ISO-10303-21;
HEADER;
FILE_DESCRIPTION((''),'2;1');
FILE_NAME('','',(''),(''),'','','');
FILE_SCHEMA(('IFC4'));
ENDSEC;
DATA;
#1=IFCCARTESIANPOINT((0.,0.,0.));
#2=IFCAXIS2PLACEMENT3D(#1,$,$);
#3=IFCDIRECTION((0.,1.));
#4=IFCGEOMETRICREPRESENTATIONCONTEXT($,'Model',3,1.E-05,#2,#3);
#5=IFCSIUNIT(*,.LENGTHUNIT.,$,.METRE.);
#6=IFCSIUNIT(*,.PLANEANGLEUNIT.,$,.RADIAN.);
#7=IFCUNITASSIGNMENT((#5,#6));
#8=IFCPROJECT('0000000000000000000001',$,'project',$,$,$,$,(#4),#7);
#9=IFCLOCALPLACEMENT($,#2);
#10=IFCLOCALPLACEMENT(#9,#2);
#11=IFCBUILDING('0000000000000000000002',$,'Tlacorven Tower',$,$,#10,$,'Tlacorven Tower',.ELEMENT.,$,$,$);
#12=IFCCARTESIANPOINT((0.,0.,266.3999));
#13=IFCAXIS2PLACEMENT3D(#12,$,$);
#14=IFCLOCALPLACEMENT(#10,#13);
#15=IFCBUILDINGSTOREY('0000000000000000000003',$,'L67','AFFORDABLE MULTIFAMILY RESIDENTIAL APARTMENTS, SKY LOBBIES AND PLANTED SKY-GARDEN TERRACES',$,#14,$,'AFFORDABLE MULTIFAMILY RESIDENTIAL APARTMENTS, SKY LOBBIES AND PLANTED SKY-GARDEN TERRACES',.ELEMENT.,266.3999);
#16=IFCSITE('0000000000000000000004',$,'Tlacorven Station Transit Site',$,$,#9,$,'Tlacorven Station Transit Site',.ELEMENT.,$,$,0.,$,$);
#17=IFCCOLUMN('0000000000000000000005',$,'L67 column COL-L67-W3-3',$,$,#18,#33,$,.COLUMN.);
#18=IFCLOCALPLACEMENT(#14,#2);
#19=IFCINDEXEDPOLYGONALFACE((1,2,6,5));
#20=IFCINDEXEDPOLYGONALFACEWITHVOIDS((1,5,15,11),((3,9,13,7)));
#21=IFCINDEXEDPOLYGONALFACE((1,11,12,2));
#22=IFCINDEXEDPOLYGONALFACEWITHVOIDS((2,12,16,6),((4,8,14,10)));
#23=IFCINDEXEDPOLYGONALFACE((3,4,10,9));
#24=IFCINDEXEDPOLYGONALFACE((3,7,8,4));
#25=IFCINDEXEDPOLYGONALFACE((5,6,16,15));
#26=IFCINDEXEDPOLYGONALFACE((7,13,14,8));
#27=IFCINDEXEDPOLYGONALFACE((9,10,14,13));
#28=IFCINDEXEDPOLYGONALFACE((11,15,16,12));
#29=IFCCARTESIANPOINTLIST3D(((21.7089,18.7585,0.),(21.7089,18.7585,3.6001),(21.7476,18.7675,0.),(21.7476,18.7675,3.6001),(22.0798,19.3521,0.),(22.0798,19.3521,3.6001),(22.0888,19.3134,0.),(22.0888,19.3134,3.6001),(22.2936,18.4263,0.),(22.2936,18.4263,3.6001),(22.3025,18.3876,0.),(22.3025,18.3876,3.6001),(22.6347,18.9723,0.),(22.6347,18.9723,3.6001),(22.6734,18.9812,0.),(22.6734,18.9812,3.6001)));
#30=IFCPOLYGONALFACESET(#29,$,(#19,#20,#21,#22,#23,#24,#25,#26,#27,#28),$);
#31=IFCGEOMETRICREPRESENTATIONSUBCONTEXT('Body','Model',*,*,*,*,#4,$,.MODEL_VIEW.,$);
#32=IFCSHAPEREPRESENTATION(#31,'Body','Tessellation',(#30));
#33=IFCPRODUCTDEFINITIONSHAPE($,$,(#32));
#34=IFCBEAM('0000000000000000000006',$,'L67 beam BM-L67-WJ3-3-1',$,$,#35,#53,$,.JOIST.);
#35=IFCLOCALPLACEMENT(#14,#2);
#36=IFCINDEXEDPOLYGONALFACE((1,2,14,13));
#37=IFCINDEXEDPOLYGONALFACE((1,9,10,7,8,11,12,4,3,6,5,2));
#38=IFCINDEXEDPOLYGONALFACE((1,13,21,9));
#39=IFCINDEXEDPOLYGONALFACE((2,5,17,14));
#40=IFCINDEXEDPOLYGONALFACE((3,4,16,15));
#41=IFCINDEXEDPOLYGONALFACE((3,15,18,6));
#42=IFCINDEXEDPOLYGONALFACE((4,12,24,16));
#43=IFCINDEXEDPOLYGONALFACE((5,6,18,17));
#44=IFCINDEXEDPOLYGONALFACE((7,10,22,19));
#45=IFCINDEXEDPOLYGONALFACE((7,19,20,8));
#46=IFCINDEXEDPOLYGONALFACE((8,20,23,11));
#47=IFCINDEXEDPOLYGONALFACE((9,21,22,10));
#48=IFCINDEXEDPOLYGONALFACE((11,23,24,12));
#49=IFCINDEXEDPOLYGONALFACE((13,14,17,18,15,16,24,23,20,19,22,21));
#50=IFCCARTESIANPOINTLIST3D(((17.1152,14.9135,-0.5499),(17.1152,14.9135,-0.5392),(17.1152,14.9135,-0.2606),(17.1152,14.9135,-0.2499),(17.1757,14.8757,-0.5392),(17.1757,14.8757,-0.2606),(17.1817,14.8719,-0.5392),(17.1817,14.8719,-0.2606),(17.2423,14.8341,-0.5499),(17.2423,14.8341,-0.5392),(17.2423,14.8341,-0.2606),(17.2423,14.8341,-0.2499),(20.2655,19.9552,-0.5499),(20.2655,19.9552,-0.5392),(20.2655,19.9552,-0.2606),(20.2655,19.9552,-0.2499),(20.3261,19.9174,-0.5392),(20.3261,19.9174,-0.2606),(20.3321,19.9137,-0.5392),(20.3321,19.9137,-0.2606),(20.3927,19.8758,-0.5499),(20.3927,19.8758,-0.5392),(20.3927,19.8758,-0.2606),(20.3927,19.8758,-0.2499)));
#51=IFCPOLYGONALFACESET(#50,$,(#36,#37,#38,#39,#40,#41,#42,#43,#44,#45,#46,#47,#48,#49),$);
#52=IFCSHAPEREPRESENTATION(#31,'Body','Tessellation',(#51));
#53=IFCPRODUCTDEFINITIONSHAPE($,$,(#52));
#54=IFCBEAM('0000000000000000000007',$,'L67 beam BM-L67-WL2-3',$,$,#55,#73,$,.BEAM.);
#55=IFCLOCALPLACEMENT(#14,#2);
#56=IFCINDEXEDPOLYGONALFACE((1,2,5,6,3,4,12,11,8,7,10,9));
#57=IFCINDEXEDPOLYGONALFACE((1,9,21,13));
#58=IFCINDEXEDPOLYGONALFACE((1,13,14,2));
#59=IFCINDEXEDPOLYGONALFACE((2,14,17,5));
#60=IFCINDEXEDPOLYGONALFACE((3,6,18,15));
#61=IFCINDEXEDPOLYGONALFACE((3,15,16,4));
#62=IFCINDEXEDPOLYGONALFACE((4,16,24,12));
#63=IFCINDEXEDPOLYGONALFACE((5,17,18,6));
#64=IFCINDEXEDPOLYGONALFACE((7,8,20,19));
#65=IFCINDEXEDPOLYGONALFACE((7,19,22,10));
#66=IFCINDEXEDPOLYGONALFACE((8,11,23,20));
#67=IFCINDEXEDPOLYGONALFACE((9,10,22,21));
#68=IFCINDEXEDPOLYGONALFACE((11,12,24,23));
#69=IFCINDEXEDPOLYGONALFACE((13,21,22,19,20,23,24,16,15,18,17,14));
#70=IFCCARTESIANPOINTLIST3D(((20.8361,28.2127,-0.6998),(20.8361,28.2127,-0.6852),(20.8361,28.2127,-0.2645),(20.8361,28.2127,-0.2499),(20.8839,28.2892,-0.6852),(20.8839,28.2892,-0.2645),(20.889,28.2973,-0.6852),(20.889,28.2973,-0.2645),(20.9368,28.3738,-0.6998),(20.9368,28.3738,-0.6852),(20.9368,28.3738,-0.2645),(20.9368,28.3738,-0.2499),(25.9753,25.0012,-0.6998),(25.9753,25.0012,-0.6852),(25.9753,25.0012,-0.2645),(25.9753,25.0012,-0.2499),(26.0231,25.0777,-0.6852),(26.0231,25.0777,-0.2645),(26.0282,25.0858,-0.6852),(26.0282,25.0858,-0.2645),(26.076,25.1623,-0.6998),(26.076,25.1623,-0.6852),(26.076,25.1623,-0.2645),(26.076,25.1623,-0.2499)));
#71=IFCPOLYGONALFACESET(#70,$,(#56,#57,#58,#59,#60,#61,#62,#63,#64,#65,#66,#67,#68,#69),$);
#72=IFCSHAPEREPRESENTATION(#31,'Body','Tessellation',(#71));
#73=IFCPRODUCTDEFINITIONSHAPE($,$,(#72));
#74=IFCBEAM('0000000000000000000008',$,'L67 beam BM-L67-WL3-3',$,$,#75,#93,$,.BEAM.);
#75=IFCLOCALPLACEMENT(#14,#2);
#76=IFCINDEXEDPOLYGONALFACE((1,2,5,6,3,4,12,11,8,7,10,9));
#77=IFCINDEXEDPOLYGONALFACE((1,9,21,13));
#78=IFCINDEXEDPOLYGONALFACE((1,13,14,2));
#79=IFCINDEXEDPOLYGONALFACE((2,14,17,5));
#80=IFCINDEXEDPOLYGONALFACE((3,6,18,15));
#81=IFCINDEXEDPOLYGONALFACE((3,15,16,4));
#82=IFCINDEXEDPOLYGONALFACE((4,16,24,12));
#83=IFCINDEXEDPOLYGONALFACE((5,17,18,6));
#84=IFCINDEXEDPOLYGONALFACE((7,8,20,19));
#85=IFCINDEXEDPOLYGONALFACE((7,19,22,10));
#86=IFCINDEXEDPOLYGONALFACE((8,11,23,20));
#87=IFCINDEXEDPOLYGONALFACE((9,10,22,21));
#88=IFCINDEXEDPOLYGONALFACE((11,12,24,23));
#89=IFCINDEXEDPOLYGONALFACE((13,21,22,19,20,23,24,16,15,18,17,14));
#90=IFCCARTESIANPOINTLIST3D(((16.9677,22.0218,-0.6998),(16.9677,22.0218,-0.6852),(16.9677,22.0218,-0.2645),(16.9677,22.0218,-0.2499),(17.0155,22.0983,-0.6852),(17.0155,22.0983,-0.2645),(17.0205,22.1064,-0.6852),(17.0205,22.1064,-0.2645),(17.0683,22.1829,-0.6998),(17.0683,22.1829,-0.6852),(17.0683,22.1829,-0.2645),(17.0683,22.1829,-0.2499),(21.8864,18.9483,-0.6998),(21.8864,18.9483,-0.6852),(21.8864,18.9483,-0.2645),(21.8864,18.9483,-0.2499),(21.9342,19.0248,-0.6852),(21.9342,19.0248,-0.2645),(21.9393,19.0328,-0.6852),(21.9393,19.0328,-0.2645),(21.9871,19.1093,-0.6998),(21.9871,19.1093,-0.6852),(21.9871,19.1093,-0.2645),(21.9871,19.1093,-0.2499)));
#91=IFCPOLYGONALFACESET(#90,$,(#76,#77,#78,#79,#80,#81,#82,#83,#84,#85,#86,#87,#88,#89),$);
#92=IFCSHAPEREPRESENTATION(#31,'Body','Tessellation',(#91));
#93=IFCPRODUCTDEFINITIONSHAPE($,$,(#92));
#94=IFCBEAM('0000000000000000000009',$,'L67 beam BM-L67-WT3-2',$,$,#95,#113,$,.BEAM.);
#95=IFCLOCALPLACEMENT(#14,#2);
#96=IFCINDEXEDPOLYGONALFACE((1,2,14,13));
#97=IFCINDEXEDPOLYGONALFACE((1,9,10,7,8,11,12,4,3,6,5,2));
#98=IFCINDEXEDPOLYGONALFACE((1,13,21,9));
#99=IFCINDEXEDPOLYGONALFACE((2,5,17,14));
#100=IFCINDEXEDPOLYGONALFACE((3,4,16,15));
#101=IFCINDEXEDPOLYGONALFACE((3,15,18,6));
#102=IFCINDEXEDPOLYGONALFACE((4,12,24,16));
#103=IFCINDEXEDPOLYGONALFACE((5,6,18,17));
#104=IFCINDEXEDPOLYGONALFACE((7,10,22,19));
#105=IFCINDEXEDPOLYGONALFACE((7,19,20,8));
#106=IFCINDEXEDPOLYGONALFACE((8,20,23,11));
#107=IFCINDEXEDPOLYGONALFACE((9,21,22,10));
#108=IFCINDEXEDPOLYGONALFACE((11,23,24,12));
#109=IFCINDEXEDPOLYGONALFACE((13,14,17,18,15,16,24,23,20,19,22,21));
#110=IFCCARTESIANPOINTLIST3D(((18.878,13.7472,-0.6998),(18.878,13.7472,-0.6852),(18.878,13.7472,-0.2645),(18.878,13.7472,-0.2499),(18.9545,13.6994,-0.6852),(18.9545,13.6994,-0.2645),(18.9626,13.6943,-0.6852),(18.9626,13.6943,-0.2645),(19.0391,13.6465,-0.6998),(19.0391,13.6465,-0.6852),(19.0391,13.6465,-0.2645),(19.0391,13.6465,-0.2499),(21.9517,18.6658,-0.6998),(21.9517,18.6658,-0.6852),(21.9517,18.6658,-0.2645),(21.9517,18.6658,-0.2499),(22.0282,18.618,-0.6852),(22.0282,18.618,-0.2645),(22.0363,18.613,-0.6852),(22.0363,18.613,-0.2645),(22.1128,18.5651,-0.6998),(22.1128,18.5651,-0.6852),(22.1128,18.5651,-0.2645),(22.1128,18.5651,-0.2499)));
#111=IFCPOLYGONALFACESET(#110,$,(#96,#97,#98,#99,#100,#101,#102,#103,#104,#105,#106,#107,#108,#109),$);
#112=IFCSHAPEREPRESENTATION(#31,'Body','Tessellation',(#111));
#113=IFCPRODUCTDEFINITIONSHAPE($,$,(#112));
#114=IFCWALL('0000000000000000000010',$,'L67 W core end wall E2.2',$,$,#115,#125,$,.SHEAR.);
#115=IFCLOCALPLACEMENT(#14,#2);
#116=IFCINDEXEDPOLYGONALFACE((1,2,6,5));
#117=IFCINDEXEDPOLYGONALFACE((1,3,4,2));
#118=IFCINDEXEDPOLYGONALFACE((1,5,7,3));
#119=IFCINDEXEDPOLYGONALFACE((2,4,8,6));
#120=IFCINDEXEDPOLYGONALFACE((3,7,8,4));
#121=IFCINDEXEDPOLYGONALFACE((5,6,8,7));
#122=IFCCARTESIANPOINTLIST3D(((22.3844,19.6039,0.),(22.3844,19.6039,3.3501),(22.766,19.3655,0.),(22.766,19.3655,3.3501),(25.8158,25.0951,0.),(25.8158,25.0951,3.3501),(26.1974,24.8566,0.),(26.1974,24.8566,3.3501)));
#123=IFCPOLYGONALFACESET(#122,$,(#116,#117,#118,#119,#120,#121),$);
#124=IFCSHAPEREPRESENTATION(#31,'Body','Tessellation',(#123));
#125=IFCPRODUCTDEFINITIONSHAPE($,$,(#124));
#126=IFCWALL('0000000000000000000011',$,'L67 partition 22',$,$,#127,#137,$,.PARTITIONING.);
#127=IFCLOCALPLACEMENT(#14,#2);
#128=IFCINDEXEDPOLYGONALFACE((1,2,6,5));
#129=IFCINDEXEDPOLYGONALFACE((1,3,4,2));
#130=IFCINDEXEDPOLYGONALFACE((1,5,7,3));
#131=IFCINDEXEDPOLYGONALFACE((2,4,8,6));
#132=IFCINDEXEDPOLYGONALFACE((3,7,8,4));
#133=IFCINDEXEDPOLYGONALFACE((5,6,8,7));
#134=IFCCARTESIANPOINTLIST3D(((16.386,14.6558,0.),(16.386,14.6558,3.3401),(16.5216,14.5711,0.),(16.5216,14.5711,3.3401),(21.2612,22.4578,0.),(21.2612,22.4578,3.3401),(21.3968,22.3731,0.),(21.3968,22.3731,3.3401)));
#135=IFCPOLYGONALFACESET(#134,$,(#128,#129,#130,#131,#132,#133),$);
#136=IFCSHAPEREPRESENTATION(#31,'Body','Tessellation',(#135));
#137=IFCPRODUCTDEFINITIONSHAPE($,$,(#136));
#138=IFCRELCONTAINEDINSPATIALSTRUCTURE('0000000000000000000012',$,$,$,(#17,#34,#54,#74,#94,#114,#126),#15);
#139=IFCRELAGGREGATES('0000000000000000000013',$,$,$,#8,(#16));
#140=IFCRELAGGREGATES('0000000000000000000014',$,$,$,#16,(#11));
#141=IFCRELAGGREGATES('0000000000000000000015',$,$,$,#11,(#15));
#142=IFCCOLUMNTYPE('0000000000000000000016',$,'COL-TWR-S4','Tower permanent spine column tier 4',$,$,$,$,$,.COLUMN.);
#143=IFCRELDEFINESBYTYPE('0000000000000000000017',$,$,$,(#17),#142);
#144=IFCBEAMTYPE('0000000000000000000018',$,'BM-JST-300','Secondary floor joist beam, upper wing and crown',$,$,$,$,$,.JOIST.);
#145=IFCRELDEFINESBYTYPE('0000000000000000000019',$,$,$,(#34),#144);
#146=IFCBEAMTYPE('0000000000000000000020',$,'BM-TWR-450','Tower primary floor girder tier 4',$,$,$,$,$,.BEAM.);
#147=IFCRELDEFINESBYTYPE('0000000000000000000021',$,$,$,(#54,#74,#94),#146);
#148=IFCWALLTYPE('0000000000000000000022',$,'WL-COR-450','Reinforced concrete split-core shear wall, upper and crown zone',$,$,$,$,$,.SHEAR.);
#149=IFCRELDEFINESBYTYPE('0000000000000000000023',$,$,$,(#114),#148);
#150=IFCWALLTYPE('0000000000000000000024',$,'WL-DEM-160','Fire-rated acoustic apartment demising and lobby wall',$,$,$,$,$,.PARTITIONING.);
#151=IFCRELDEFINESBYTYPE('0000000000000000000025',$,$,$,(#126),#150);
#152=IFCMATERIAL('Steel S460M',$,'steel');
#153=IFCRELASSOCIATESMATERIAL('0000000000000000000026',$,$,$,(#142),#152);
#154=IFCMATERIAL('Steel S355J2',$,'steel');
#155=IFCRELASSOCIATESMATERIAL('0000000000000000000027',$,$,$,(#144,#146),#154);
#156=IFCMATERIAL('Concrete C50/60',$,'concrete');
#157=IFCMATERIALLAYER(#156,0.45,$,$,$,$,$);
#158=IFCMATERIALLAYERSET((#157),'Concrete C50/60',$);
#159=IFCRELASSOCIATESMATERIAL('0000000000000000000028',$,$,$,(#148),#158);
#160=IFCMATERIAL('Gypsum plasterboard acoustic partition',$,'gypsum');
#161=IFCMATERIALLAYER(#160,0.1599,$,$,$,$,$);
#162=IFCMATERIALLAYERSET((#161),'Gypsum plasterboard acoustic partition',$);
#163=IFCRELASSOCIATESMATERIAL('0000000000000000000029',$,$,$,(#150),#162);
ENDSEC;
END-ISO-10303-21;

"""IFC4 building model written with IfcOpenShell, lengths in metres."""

from ifc_helpers import new_model, si_unit, direction, frame, frame_2d, origin, origin_2d, place, context, subcontext, project, spatial, rectangle, hollow_rectangle, i_section, extrude, source, transform, mapped, material, layer, layer_set, material_profile, profile_set, type_object, element, save


model = new_model("IFC4")

# Units and contexts
model_context = context("Model", 3, precision=1e-05, world=origin(), true_north=direction((0.0, 1.0)))
body_context = subcontext(model_context, "Body", "Model", "MODEL_VIEW")
ifc_project = project(units=[si_unit("LENGTHUNIT", "METRE"), si_unit("PLANEANGLEUNIT", "RADIAN")], contexts=[model_context])

# Site, building, storey
site_placement = place(None, origin())
site = spatial("IfcSite", under=ifc_project, at=site_placement, Name="Tlacorven Station Transit Site", LongName="Tlacorven Station Transit Site", CompositionType="ELEMENT", RefElevation=0.0)
building_placement = place(site_placement, origin())
building = spatial("IfcBuilding", under=site, at=building_placement, Name="Tlacorven Tower", LongName="Tlacorven Tower", CompositionType="ELEMENT")
storey_placement = place(building_placement, frame((0.0, 0.0, 266.3999)))
storey = spatial("IfcBuildingStorey", under=building, at=storey_placement, Name="L67", Description="AFFORDABLE MULTIFAMILY RESIDENTIAL APARTMENTS, SKY LOBBIES AND PLANTED SKY-GARDEN TERRACES", LongName="AFFORDABLE MULTIFAMILY RESIDENTIAL APARTMENTS, SKY LOBBIES AND PLANTED SKY-GARDEN TERRACES", CompositionType="ELEMENT", Elevation=266.3999)

# Column
ifc_material_1 = material(Name="Steel S460M", Category="steel")
ifc_material_profile_1 = material_profile(ifc_material_1, hollow_rectangle(XDim=0.7, YDim=0.7, WallThickness=0.0281, at=origin_2d()), Name="BOX 700X700X28")
ifc_profile_set_1 = profile_set([ifc_material_profile_1], Name="Steel S460M")
column_type = type_object("IfcColumnType", Name="COL-TWR-S4", Description="Tower permanent spine column tier 4", PredefinedType="COLUMN", material=ifc_profile_set_1)
shared_shape_1 = source(origin(), body_context, "Body", "SweptSolid", [
    extrude(hollow_rectangle(XDim=0.7, YDim=0.7, WallThickness=0.0281, at=origin_2d()), origin(), (0.0, 0.0, 1.0), 3.6001),
])
column_placement = place(storey_placement, frame((22.1912, 18.8699, 0.0), z_axis=(0.0, 0.0, 1.0), x_axis=(-0.848048, 0.529919, 0.0)))
element("IfcColumn", 1, at=column_placement, inside=storey, type_object=column_type, Name="L67 column COL-L67-W3-3", PredefinedType="COLUMN", context=body_context, shape_type="MappedRepresentation", body=[
    mapped(shared_shape_1, transform((0.0, 0.0, 0.0), scale=1.0)),
])

# Beams
ifc_material_2 = material(Name="Steel S355J2", Category="steel")
ifc_material_profile_2 = material_profile(ifc_material_2, i_section(OverallWidth=0.1499, OverallDepth=0.3, WebThickness=0.0071, FlangeThickness=0.0107, at=origin_2d()), Name="IPE 300")
ifc_profile_set_2 = profile_set([ifc_material_profile_2], Name="Steel S355J2")
beam_type_1 = type_object("IfcBeamType", Name="BM-JST-300", Description="Secondary floor joist beam, upper wing and crown", PredefinedType="JOIST", material=ifc_profile_set_2)
shared_shape_2 = source(origin(), body_context, "Body", "SweptSolid", [
    extrude(i_section(OverallWidth=0.1499, OverallDepth=0.3, WebThickness=0.0071, FlangeThickness=0.0107, at=origin_2d()), origin(), (0.0, 0.0, 1.0), 5.9451),
])
beam_1_placement = place(storey_placement, frame((20.3291, 19.9155, -0.3999), z_axis=(-0.529914, -0.848051, 0.0), x_axis=(0.848051, -0.529914, 0.0)))
element("IfcBeam", 2, at=beam_1_placement, inside=storey, type_object=beam_type_1, Name="L67 beam BM-L67-WJ3-3-1", PredefinedType="JOIST", context=body_context, shape_type="MappedRepresentation", body=[
    mapped(shared_shape_2, transform((0.0, 0.0, 0.0), scale=1.0)),
])
ifc_material_profile_3 = material_profile(ifc_material_2, i_section(OverallWidth=0.1899, OverallDepth=0.45, WebThickness=0.0095, FlangeThickness=0.0146, at=origin_2d()), Name="IPE 450")
ifc_profile_set_3 = profile_set([ifc_material_profile_3], Name="Steel S355J2")
beam_type_2 = type_object("IfcBeamType", Name="BM-TWR-450", Description="Tower primary floor girder tier 4", PredefinedType="BEAM", material=ifc_profile_set_3)
shared_shape_3 = source(origin(), body_context, "Body", "SweptSolid", [
    extrude(i_section(OverallWidth=0.1899, OverallDepth=0.45, WebThickness=0.0095, FlangeThickness=0.0146, at=origin_2d()), origin(), (0.0, 0.0, 1.0), 6.0601),
])
beam_2_placement = place(storey_placement, frame((26.0256, 25.0818, -0.4749), z_axis=(-0.848039, 0.529934, 0.0), x_axis=(-0.529934, -0.848039, 0.0)))
element("IfcBeam", 3, at=beam_2_placement, inside=storey, type_object=beam_type_2, Name="L67 beam BM-L67-WL2-3", PredefinedType="BEAM", context=body_context, shape_type="MappedRepresentation", body=[
    mapped(shared_shape_3, transform((0.0, 0.0, 0.0), scale=1.0)),
])
shared_shape_4 = source(origin(), body_context, "Body", "SweptSolid", [
    extrude(i_section(OverallWidth=0.1899, OverallDepth=0.45, WebThickness=0.0095, FlangeThickness=0.0146, at=origin_2d()), origin(), (0.0, 0.0, 1.0), 5.8),
])
for number, where, z_axis, x_axis, name in (
    (4, (21.9368, 19.0288, -0.4749), (-0.848053, 0.529912, 0.0), (-0.529912, -0.848053, 0.0), "L67 beam BM-L67-WL3-3"),
    (5, (22.0322, 18.6155, -0.4749), (-0.529942, -0.848034, 0.0), (0.848034, -0.529942, 0.0), "L67 beam BM-L67-WT3-2"),
):
    element("IfcBeam", number, at=place(storey_placement, frame(where, z_axis=z_axis, x_axis=x_axis)), inside=storey, type_object=beam_type_2, Name=name, PredefinedType="BEAM", context=body_context, shape_type="MappedRepresentation", body=[
        mapped(shared_shape_4, transform((0.0, 0.0, 0.0), scale=1.0)),
    ])

# Walls
ifc_material_3 = material(Name="Concrete C50/60", Category="concrete")
ifc_layer_1 = layer(ifc_material_3, 0.45)
ifc_layer_set_1 = layer_set([ifc_layer_1], Name="Concrete C50/60")
wall_type_1 = type_object("IfcWallType", Name="WL-COR-450", Description="Reinforced concrete split-core shear wall, upper and crown zone", PredefinedType="SHEAR", material=ifc_layer_set_1)
wall_1_placement = place(storey_placement, frame((26.0066, 24.9758, 0.0), z_axis=(0.0, 0.0, 1.0), x_axis=(-0.529931, -0.848041, 0.0)))
element("IfcWall", 6, at=wall_1_placement, inside=storey, type_object=wall_type_1, Name="L67 W core end wall E2.2", PredefinedType="SHEAR", context=body_context, shape_type="SweptSolid", body=[
    extrude(rectangle(XDim=6.4751, YDim=0.45, at=frame_2d((3.2375, 0.0))), origin(), (0.0, 0.0, 1.0), 3.3501),
])
ifc_material_4 = material(Name="Gypsum plasterboard acoustic partition", Category="gypsum")
ifc_layer_2 = layer(ifc_material_4, 0.1599)
ifc_layer_set_2 = layer_set([ifc_layer_2], Name="Gypsum plasterboard acoustic partition")
wall_type_2 = type_object("IfcWallType", Name="WL-DEM-160", Description="Fire-rated acoustic apartment demising and lobby wall", PredefinedType="PARTITIONING", material=ifc_layer_set_2)
wall_2_placement = place(storey_placement, frame((21.3291, 22.4155, 0.0), z_axis=(0.0, 0.0, 1.0), x_axis=(-0.52992, -0.848047, 0.0)))
element("IfcWall", 7, at=wall_2_placement, inside=storey, type_object=wall_type_2, Name="L67 partition 22", PredefinedType="PARTITIONING", context=body_context, shape_type="SweptSolid", body=[
    extrude(rectangle(XDim=9.2, YDim=0.1599, at=frame_2d((4.6001, 0.0))), origin(), (0.0, 0.0, 1.0), 3.3401),
])

save(model, "model.ifc")
